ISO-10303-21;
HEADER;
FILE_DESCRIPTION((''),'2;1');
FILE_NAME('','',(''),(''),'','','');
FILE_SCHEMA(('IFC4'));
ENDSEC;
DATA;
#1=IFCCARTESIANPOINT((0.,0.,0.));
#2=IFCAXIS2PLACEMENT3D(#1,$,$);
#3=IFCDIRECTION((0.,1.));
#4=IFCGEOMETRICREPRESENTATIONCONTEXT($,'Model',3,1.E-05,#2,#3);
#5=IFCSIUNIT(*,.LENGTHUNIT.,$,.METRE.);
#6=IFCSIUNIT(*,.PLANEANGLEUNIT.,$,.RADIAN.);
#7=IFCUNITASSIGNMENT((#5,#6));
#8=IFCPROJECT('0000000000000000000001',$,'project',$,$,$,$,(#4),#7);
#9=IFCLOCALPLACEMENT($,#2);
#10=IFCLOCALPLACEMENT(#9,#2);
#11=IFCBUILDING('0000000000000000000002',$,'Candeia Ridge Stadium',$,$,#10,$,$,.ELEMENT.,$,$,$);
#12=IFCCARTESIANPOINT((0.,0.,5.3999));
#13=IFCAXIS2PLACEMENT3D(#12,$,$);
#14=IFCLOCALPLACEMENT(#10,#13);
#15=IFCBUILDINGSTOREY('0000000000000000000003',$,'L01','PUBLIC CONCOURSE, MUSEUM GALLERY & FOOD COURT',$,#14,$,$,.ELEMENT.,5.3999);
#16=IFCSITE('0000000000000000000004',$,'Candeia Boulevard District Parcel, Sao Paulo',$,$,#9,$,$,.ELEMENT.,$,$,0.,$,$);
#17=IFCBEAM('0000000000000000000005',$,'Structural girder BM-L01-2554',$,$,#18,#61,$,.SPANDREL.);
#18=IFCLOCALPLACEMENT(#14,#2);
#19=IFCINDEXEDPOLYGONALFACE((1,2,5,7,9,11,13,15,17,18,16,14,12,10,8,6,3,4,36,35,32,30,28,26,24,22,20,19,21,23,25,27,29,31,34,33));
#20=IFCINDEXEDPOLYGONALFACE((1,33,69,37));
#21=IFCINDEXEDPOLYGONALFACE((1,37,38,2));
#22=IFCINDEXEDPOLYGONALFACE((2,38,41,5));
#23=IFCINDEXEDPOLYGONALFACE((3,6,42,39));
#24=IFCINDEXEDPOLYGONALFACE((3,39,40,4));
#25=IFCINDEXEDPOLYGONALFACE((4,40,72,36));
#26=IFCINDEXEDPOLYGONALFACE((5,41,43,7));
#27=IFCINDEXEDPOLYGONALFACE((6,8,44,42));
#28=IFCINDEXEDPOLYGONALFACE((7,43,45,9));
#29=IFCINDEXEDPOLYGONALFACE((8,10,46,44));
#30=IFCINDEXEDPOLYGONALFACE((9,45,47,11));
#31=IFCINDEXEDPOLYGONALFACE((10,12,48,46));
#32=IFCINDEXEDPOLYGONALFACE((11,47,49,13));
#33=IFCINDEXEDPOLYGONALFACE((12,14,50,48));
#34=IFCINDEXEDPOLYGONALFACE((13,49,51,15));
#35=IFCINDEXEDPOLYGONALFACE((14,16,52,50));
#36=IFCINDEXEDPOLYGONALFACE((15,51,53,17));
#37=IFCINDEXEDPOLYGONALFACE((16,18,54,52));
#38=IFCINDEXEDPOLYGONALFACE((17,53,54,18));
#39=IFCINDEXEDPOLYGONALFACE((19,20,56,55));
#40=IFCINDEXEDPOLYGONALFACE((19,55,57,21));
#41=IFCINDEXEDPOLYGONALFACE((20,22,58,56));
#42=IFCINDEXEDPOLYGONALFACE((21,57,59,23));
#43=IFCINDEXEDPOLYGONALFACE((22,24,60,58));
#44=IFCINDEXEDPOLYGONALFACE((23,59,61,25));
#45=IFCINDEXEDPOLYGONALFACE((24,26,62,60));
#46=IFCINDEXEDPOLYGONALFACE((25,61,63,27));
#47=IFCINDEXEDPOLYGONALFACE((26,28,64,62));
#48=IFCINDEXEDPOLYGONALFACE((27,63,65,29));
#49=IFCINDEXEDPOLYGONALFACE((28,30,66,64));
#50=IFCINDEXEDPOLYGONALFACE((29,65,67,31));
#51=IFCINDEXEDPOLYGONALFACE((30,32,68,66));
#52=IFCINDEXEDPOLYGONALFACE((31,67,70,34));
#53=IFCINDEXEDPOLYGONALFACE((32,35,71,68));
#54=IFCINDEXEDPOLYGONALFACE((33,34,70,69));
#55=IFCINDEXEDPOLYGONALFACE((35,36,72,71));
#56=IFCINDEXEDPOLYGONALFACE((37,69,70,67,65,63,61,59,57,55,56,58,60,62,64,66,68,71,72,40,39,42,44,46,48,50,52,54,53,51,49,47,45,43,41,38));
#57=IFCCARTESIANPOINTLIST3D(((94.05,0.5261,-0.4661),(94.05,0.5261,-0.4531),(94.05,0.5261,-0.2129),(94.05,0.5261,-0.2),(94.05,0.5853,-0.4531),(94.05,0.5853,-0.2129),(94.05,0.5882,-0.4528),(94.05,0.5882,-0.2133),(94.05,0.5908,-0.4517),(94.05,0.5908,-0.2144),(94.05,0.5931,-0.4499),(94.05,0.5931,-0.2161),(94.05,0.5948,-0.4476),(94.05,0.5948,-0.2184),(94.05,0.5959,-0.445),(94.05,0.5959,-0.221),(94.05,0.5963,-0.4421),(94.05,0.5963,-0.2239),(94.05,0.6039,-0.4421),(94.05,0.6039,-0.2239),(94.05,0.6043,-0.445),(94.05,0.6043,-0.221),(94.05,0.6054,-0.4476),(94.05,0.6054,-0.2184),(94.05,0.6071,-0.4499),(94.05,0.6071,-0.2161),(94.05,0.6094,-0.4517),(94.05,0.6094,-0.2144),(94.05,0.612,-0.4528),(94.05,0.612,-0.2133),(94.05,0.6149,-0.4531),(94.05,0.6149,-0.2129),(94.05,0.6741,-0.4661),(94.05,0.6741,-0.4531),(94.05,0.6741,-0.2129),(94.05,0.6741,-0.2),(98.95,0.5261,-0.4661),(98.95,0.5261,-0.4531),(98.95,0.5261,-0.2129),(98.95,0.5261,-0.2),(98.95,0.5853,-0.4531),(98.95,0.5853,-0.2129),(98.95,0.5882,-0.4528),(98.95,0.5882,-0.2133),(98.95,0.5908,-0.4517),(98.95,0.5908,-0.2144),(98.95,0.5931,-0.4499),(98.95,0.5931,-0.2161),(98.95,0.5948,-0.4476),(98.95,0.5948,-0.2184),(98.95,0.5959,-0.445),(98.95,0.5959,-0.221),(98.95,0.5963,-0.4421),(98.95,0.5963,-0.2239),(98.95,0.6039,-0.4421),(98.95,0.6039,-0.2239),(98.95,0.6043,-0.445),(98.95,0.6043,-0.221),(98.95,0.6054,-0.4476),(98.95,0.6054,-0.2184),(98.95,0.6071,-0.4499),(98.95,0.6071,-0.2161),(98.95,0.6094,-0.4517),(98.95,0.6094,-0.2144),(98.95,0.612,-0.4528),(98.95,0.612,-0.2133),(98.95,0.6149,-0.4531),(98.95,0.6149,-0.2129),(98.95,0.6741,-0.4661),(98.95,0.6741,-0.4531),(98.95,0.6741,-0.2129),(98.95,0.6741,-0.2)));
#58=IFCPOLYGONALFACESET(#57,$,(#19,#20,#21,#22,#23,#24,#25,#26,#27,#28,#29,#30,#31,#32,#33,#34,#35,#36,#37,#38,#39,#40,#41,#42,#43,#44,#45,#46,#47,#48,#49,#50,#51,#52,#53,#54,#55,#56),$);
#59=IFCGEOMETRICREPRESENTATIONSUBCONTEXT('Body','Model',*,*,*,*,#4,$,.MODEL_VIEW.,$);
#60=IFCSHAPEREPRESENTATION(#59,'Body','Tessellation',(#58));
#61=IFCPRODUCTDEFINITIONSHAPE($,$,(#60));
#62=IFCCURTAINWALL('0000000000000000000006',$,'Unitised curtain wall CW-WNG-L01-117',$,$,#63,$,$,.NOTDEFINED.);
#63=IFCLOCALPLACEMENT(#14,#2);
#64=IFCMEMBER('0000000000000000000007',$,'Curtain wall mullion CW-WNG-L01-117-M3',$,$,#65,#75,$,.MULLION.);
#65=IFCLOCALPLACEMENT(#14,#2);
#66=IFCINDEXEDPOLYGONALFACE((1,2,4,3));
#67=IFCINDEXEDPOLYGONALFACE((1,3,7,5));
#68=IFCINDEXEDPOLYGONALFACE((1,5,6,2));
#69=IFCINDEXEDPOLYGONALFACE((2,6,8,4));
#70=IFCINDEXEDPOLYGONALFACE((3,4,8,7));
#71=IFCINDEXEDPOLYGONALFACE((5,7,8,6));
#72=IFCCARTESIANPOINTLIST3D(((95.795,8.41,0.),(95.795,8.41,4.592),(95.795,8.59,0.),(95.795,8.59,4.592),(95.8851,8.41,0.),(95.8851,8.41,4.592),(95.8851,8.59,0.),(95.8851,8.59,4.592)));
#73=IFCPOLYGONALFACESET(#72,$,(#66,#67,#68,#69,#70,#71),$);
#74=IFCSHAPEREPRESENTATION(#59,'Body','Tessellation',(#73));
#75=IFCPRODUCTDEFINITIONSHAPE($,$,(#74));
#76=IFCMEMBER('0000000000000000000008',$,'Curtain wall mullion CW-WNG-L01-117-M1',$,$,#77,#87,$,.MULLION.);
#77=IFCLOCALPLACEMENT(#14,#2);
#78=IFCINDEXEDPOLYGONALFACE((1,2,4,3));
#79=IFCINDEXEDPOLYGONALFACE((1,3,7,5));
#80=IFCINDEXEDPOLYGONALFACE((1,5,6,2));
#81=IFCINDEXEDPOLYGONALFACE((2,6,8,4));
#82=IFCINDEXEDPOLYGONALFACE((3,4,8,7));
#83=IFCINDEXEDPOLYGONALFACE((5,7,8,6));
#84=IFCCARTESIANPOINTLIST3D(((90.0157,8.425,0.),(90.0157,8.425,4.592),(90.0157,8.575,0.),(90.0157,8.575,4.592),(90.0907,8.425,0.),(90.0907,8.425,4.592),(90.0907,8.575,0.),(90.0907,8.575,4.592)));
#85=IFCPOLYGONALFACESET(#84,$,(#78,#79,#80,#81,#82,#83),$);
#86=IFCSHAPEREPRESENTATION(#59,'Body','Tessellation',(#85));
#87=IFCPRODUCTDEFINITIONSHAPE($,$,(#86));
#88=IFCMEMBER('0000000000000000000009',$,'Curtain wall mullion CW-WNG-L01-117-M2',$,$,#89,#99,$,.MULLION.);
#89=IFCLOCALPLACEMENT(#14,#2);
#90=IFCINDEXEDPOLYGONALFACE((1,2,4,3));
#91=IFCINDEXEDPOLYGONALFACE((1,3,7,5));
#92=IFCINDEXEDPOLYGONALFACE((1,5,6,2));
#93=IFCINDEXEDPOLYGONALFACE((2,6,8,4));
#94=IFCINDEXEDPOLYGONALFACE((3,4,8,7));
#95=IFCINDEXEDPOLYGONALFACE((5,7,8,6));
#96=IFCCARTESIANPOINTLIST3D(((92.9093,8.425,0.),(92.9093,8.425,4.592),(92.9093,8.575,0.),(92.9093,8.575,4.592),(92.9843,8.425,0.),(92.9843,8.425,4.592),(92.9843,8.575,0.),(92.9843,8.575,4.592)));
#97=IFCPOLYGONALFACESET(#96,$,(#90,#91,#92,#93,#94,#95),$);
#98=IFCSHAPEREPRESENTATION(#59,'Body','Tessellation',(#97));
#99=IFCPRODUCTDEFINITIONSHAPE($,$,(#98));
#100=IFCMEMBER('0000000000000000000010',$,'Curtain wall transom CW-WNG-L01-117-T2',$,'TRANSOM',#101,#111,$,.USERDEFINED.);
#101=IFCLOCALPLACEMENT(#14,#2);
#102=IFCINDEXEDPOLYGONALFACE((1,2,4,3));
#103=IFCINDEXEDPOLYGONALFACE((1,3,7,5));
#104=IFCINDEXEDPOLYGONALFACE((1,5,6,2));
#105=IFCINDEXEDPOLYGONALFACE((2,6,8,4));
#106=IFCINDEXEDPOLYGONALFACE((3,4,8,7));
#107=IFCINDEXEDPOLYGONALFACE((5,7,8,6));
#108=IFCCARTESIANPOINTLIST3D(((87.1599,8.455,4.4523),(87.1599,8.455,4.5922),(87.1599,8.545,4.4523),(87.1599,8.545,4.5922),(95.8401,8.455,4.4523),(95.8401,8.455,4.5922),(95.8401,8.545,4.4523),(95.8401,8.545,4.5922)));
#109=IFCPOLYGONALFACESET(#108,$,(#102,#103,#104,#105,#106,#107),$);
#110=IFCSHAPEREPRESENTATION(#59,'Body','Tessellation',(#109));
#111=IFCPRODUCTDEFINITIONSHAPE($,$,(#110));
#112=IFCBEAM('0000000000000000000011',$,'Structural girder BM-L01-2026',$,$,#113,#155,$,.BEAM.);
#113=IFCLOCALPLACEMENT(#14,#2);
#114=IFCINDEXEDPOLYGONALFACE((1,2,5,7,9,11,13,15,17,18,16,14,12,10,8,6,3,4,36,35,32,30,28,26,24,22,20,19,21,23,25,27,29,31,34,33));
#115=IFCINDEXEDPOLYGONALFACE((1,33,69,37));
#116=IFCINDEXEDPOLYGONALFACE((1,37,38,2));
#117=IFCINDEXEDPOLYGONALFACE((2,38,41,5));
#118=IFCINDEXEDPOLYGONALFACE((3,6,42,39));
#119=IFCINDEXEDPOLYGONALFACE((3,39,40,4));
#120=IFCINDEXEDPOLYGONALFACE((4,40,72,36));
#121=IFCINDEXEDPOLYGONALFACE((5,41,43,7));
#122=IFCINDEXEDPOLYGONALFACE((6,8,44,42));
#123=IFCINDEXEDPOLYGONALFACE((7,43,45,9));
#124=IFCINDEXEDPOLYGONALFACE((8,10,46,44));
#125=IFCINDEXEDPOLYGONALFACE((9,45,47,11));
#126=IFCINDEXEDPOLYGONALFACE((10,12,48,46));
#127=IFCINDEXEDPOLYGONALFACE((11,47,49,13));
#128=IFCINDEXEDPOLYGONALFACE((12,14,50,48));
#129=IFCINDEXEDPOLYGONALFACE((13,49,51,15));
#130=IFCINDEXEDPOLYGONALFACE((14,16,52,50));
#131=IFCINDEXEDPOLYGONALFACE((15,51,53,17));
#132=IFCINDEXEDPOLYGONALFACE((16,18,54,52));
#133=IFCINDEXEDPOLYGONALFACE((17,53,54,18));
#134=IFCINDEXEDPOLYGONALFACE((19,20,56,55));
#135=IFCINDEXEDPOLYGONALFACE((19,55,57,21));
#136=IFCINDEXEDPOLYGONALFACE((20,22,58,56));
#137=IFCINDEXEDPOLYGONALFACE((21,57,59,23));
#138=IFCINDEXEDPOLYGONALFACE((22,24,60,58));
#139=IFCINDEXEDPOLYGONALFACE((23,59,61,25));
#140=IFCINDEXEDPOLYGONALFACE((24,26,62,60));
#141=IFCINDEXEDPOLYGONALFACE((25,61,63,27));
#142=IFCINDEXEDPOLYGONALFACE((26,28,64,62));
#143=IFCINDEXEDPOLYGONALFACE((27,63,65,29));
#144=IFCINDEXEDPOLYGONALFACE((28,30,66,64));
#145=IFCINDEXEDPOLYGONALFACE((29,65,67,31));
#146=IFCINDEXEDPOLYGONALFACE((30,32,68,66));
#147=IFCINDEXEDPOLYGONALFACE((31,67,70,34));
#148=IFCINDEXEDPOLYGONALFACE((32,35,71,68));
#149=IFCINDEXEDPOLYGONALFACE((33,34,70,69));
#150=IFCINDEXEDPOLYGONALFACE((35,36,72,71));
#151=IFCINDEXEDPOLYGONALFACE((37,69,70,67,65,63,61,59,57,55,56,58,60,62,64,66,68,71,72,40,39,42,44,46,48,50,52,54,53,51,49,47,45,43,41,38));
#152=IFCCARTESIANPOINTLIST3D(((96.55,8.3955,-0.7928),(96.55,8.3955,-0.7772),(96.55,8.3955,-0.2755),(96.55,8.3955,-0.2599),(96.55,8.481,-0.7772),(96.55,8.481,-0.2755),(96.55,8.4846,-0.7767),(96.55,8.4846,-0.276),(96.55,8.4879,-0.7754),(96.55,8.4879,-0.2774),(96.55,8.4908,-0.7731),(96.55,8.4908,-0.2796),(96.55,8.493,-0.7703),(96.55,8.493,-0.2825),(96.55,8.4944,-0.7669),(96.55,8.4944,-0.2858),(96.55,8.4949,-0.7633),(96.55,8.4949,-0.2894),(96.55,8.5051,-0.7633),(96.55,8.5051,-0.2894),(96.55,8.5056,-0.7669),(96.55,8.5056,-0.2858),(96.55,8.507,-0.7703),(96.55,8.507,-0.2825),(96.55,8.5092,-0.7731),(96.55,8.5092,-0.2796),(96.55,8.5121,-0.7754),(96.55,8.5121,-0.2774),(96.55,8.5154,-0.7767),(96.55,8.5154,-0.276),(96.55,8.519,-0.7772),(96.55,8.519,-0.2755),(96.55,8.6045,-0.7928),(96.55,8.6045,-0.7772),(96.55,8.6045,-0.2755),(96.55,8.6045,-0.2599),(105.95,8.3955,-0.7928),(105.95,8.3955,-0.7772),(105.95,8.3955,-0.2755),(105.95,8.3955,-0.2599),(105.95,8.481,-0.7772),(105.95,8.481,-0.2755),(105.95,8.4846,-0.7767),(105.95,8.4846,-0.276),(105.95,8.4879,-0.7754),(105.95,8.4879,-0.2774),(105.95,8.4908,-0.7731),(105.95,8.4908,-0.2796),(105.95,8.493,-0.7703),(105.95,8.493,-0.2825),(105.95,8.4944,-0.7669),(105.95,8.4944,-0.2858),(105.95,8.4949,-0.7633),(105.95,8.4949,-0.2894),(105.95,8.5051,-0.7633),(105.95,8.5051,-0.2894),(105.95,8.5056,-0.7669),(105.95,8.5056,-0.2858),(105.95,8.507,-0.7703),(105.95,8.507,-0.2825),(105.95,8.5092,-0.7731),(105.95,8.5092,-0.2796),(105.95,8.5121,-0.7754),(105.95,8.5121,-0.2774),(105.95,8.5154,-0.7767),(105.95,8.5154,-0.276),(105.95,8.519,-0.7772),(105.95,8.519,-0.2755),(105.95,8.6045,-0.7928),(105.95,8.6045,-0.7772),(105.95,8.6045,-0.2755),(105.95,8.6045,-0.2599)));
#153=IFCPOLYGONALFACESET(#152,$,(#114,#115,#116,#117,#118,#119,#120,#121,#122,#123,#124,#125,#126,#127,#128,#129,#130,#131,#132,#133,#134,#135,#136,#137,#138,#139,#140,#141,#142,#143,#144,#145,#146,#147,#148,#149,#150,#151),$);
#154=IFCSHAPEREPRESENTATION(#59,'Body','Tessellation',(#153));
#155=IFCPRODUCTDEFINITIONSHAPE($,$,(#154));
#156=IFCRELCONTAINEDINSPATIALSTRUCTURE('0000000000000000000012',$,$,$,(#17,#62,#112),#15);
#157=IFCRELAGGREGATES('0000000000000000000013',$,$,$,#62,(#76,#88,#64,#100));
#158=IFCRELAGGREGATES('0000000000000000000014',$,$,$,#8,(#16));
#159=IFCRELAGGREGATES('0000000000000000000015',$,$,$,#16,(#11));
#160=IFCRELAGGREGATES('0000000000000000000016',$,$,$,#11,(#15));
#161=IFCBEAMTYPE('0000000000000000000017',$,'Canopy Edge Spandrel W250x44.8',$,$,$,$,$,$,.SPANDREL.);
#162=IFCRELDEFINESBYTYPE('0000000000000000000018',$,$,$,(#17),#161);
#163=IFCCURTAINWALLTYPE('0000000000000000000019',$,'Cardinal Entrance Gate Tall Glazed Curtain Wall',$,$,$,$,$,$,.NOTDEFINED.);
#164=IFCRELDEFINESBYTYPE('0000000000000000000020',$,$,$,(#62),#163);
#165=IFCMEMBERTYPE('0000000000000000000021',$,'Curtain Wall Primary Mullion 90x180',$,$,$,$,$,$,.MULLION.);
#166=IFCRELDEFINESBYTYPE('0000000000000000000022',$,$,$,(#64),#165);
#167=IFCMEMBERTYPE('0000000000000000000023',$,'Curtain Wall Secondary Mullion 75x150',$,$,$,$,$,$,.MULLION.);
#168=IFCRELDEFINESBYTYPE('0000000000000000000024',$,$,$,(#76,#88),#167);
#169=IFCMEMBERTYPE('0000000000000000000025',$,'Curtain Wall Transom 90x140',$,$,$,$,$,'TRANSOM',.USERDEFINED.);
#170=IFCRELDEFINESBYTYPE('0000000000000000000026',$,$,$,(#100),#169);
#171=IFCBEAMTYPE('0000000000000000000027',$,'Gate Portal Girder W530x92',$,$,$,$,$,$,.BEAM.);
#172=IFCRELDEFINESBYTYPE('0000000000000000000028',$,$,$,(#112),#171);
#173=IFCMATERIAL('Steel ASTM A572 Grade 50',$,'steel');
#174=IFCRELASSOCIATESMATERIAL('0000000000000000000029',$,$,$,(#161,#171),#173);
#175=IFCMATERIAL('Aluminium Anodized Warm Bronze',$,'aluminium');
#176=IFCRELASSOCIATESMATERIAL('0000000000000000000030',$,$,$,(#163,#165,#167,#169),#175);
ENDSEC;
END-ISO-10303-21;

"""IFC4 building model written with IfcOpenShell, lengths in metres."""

from ifc_helpers import new_model, si_unit, direction, frame, origin, origin_2d, place, context, subcontext, project, spatial, rectangle, i_section, extrude, material, material_profile, profile_set, type_object, element, aggregate, save


model = new_model("IFC4")

# Units and contexts
model_context = context("Model", 3, precision=1e-05, world=origin(), true_north=direction((0.0, 1.0)))
body_context = subcontext(model_context, "Body", "Model", "MODEL_VIEW")
ifc_project = project(units=[si_unit("LENGTHUNIT", "METRE"), si_unit("PLANEANGLEUNIT", "RADIAN")], contexts=[model_context])

# Site, building, storey
site_placement = place(None, origin())
site = spatial("IfcSite", under=ifc_project, at=site_placement, Name="Candeia Boulevard District Parcel, Sao Paulo", CompositionType="ELEMENT", RefElevation=0.0)
building_placement = place(site_placement, origin())
building = spatial("IfcBuilding", under=site, at=building_placement, Name="Candeia Ridge Stadium", CompositionType="ELEMENT")
storey_placement = place(building_placement, frame((0.0, 0.0, 5.3999)))
storey = spatial("IfcBuildingStorey", under=building, at=storey_placement, Name="L01", Description="PUBLIC CONCOURSE, MUSEUM GALLERY & FOOD COURT", CompositionType="ELEMENT", Elevation=5.3999)

# Shared definitions
ifc_material_1 = material(Name="Steel ASTM A572 Grade 50", Category="steel")

# Beam
ifc_material_profile_1 = material_profile(ifc_material_1, i_section(OverallWidth=0.1479, OverallDepth=0.2661, WebThickness=0.0076, FlangeThickness=0.0129, FilletRadius=0.011, at=origin_2d()), Name="W250x44.8", Category="steel")
ifc_profile_set_1 = profile_set([ifc_material_profile_1], Name="Steel ASTM A572 Grade 50")
beam_type_1 = type_object("IfcBeamType", Name="Canopy Edge Spandrel W250x44.8", PredefinedType="SPANDREL", material=ifc_profile_set_1)
for number, where, z_axis, x_axis, name in (
    (1, (94.05, 0.6001, -0.333), (1.0, 0.0, 0.0), (0.0, 1.0, 0.0), "Structural girder BM-L01-2554"),
):
    element("IfcBeam", number, at=place(storey_placement, frame(where, z_axis=z_axis, x_axis=x_axis)), inside=storey, type_object=beam_type_1, Name=name, PredefinedType="SPANDREL", context=body_context, shape_type="SweptSolid", body=[
        extrude(i_section(OverallWidth=0.1479, OverallDepth=0.2661, WebThickness=0.0076, FlangeThickness=0.0129, FilletRadius=0.011, at=origin_2d()), origin(), (0.0, 0.0, 1.0), 4.8999),
    ])

# Curtain wall, members
ifc_material_2 = material(Name="Aluminium Anodized Warm Bronze", Category="aluminium")
curtain_wall_type = type_object("IfcCurtainWallType", Name="Cardinal Entrance Gate Tall Glazed Curtain Wall", PredefinedType="NOTDEFINED", material=ifc_material_2)
curtain_wall_placement = place(storey_placement, origin())
curtain_wall = element("IfcCurtainWall", 2, at=curtain_wall_placement, inside=storey, type_object=curtain_wall_type, Name="Unitised curtain wall CW-WNG-L01-117", PredefinedType="NOTDEFINED")
ifc_material_profile_2 = material_profile(ifc_material_2, rectangle(XDim=0.0901, YDim=0.1799, at=origin_2d()), Name="CWM-90x180", Category="aluminium")
ifc_profile_set_2 = profile_set([ifc_material_profile_2], Name="Aluminium Anodized Warm Bronze")
member_type_1 = type_object("IfcMemberType", Name="Curtain Wall Primary Mullion 90x180", PredefinedType="MULLION", material=ifc_profile_set_2)
member_1_placement = place(storey_placement, frame((95.8401, 8.5, 0.0), z_axis=(0.0, 0.0, 1.0), x_axis=(1.0, 0.0, 0.0)))
member_1 = element("IfcMember", 3, at=member_1_placement, type_object=member_type_1, Name="Curtain wall mullion CW-WNG-L01-117-M3", PredefinedType="MULLION", context=body_context, shape_type="SweptSolid", body=[
    extrude(rectangle(XDim=0.0901, YDim=0.1799, at=origin_2d()), origin(), (0.0, 0.0, 1.0), 4.592),
])
ifc_material_profile_3 = material_profile(ifc_material_2, rectangle(XDim=0.075, YDim=0.1499, at=origin_2d()), Name="CWM-75x150", Category="aluminium")
ifc_profile_set_3 = profile_set([ifc_material_profile_3], Name="Aluminium Anodized Warm Bronze")
member_type_2 = type_object("IfcMemberType", Name="Curtain Wall Secondary Mullion 75x150", PredefinedType="MULLION", material=ifc_profile_set_3)
member_2_placement = place(storey_placement, frame((90.0532, 8.5, 0.0), z_axis=(0.0, 0.0, 1.0), x_axis=(1.0, 0.0, 0.0)))
member_2 = element("IfcMember", 4, at=member_2_placement, type_object=member_type_2, Name="Curtain wall mullion CW-WNG-L01-117-M1", PredefinedType="MULLION", context=body_context, shape_type="SweptSolid", body=[
    extrude(rectangle(XDim=0.075, YDim=0.1499, at=origin_2d()), origin(), (0.0, 0.0, 1.0), 4.592),
])
member_3_placement = place(storey_placement, frame((92.9468, 8.5, 0.0), z_axis=(0.0, 0.0, 1.0), x_axis=(1.0, 0.0, 0.0)))
member_3 = element("IfcMember", 5, at=member_3_placement, type_object=member_type_2, Name="Curtain wall mullion CW-WNG-L01-117-M2", PredefinedType="MULLION", context=body_context, shape_type="SweptSolid", body=[
    extrude(rectangle(XDim=0.075, YDim=0.1499, at=origin_2d()), origin(), (0.0, 0.0, 1.0), 4.592),
])
ifc_material_profile_4 = material_profile(ifc_material_2, rectangle(XDim=0.0901, YDim=0.1399, at=origin_2d()), Name="CWT-90x140", Category="aluminium")
ifc_profile_set_4 = profile_set([ifc_material_profile_4], Name="Aluminium Anodized Warm Bronze")
member_type_3 = type_object("IfcMemberType", Name="Curtain Wall Transom 90x140", ElementType="TRANSOM", PredefinedType="USERDEFINED", material=ifc_profile_set_4)
member_4_placement = place(storey_placement, frame((87.1599, 8.5, 4.5222), z_axis=(1.0, 0.0, 0.0), x_axis=(0.0, 1.0, 0.0)))
member_4 = element("IfcMember", 6, at=member_4_placement, type_object=member_type_3, Name="Curtain wall transom CW-WNG-L01-117-T2", ObjectType="TRANSOM", PredefinedType="USERDEFINED", context=body_context, shape_type="SweptSolid", body=[
    extrude(rectangle(XDim=0.0901, YDim=0.1399, at=origin_2d()), origin(), (0.0, 0.0, 1.0), 8.6802),
])

# Beam
ifc_material_profile_5 = material_profile(ifc_material_1, i_section(OverallWidth=0.209, OverallDepth=0.533, WebThickness=0.0103, FlangeThickness=0.0156, FilletRadius=0.0139, at=origin_2d()), Name="W530x92", Category="steel")
ifc_profile_set_5 = profile_set([ifc_material_profile_5], Name="Steel ASTM A572 Grade 50")
beam_type_2 = type_object("IfcBeamType", Name="Gate Portal Girder W530x92", PredefinedType="BEAM", material=ifc_profile_set_5)
for number, where, z_axis, x_axis, name in (
    (7, (96.55, 8.5, -0.5264), (1.0, 0.0, 0.0), (0.0, 1.0, 0.0), "Structural girder BM-L01-2026"),
):
    element("IfcBeam", number, at=place(storey_placement, frame(where, z_axis=z_axis, x_axis=x_axis)), inside=storey, type_object=beam_type_2, Name=name, PredefinedType="BEAM", context=body_context, shape_type="SweptSolid", body=[
        extrude(i_section(OverallWidth=0.209, OverallDepth=0.533, WebThickness=0.0103, FlangeThickness=0.0156, FilletRadius=0.0139, at=origin_2d()), origin(), (0.0, 0.0, 1.0), 9.3999),
    ])

aggregate(curtain_wall, [member_2, member_3, member_1, member_4])

save(model, "model.ifc")
